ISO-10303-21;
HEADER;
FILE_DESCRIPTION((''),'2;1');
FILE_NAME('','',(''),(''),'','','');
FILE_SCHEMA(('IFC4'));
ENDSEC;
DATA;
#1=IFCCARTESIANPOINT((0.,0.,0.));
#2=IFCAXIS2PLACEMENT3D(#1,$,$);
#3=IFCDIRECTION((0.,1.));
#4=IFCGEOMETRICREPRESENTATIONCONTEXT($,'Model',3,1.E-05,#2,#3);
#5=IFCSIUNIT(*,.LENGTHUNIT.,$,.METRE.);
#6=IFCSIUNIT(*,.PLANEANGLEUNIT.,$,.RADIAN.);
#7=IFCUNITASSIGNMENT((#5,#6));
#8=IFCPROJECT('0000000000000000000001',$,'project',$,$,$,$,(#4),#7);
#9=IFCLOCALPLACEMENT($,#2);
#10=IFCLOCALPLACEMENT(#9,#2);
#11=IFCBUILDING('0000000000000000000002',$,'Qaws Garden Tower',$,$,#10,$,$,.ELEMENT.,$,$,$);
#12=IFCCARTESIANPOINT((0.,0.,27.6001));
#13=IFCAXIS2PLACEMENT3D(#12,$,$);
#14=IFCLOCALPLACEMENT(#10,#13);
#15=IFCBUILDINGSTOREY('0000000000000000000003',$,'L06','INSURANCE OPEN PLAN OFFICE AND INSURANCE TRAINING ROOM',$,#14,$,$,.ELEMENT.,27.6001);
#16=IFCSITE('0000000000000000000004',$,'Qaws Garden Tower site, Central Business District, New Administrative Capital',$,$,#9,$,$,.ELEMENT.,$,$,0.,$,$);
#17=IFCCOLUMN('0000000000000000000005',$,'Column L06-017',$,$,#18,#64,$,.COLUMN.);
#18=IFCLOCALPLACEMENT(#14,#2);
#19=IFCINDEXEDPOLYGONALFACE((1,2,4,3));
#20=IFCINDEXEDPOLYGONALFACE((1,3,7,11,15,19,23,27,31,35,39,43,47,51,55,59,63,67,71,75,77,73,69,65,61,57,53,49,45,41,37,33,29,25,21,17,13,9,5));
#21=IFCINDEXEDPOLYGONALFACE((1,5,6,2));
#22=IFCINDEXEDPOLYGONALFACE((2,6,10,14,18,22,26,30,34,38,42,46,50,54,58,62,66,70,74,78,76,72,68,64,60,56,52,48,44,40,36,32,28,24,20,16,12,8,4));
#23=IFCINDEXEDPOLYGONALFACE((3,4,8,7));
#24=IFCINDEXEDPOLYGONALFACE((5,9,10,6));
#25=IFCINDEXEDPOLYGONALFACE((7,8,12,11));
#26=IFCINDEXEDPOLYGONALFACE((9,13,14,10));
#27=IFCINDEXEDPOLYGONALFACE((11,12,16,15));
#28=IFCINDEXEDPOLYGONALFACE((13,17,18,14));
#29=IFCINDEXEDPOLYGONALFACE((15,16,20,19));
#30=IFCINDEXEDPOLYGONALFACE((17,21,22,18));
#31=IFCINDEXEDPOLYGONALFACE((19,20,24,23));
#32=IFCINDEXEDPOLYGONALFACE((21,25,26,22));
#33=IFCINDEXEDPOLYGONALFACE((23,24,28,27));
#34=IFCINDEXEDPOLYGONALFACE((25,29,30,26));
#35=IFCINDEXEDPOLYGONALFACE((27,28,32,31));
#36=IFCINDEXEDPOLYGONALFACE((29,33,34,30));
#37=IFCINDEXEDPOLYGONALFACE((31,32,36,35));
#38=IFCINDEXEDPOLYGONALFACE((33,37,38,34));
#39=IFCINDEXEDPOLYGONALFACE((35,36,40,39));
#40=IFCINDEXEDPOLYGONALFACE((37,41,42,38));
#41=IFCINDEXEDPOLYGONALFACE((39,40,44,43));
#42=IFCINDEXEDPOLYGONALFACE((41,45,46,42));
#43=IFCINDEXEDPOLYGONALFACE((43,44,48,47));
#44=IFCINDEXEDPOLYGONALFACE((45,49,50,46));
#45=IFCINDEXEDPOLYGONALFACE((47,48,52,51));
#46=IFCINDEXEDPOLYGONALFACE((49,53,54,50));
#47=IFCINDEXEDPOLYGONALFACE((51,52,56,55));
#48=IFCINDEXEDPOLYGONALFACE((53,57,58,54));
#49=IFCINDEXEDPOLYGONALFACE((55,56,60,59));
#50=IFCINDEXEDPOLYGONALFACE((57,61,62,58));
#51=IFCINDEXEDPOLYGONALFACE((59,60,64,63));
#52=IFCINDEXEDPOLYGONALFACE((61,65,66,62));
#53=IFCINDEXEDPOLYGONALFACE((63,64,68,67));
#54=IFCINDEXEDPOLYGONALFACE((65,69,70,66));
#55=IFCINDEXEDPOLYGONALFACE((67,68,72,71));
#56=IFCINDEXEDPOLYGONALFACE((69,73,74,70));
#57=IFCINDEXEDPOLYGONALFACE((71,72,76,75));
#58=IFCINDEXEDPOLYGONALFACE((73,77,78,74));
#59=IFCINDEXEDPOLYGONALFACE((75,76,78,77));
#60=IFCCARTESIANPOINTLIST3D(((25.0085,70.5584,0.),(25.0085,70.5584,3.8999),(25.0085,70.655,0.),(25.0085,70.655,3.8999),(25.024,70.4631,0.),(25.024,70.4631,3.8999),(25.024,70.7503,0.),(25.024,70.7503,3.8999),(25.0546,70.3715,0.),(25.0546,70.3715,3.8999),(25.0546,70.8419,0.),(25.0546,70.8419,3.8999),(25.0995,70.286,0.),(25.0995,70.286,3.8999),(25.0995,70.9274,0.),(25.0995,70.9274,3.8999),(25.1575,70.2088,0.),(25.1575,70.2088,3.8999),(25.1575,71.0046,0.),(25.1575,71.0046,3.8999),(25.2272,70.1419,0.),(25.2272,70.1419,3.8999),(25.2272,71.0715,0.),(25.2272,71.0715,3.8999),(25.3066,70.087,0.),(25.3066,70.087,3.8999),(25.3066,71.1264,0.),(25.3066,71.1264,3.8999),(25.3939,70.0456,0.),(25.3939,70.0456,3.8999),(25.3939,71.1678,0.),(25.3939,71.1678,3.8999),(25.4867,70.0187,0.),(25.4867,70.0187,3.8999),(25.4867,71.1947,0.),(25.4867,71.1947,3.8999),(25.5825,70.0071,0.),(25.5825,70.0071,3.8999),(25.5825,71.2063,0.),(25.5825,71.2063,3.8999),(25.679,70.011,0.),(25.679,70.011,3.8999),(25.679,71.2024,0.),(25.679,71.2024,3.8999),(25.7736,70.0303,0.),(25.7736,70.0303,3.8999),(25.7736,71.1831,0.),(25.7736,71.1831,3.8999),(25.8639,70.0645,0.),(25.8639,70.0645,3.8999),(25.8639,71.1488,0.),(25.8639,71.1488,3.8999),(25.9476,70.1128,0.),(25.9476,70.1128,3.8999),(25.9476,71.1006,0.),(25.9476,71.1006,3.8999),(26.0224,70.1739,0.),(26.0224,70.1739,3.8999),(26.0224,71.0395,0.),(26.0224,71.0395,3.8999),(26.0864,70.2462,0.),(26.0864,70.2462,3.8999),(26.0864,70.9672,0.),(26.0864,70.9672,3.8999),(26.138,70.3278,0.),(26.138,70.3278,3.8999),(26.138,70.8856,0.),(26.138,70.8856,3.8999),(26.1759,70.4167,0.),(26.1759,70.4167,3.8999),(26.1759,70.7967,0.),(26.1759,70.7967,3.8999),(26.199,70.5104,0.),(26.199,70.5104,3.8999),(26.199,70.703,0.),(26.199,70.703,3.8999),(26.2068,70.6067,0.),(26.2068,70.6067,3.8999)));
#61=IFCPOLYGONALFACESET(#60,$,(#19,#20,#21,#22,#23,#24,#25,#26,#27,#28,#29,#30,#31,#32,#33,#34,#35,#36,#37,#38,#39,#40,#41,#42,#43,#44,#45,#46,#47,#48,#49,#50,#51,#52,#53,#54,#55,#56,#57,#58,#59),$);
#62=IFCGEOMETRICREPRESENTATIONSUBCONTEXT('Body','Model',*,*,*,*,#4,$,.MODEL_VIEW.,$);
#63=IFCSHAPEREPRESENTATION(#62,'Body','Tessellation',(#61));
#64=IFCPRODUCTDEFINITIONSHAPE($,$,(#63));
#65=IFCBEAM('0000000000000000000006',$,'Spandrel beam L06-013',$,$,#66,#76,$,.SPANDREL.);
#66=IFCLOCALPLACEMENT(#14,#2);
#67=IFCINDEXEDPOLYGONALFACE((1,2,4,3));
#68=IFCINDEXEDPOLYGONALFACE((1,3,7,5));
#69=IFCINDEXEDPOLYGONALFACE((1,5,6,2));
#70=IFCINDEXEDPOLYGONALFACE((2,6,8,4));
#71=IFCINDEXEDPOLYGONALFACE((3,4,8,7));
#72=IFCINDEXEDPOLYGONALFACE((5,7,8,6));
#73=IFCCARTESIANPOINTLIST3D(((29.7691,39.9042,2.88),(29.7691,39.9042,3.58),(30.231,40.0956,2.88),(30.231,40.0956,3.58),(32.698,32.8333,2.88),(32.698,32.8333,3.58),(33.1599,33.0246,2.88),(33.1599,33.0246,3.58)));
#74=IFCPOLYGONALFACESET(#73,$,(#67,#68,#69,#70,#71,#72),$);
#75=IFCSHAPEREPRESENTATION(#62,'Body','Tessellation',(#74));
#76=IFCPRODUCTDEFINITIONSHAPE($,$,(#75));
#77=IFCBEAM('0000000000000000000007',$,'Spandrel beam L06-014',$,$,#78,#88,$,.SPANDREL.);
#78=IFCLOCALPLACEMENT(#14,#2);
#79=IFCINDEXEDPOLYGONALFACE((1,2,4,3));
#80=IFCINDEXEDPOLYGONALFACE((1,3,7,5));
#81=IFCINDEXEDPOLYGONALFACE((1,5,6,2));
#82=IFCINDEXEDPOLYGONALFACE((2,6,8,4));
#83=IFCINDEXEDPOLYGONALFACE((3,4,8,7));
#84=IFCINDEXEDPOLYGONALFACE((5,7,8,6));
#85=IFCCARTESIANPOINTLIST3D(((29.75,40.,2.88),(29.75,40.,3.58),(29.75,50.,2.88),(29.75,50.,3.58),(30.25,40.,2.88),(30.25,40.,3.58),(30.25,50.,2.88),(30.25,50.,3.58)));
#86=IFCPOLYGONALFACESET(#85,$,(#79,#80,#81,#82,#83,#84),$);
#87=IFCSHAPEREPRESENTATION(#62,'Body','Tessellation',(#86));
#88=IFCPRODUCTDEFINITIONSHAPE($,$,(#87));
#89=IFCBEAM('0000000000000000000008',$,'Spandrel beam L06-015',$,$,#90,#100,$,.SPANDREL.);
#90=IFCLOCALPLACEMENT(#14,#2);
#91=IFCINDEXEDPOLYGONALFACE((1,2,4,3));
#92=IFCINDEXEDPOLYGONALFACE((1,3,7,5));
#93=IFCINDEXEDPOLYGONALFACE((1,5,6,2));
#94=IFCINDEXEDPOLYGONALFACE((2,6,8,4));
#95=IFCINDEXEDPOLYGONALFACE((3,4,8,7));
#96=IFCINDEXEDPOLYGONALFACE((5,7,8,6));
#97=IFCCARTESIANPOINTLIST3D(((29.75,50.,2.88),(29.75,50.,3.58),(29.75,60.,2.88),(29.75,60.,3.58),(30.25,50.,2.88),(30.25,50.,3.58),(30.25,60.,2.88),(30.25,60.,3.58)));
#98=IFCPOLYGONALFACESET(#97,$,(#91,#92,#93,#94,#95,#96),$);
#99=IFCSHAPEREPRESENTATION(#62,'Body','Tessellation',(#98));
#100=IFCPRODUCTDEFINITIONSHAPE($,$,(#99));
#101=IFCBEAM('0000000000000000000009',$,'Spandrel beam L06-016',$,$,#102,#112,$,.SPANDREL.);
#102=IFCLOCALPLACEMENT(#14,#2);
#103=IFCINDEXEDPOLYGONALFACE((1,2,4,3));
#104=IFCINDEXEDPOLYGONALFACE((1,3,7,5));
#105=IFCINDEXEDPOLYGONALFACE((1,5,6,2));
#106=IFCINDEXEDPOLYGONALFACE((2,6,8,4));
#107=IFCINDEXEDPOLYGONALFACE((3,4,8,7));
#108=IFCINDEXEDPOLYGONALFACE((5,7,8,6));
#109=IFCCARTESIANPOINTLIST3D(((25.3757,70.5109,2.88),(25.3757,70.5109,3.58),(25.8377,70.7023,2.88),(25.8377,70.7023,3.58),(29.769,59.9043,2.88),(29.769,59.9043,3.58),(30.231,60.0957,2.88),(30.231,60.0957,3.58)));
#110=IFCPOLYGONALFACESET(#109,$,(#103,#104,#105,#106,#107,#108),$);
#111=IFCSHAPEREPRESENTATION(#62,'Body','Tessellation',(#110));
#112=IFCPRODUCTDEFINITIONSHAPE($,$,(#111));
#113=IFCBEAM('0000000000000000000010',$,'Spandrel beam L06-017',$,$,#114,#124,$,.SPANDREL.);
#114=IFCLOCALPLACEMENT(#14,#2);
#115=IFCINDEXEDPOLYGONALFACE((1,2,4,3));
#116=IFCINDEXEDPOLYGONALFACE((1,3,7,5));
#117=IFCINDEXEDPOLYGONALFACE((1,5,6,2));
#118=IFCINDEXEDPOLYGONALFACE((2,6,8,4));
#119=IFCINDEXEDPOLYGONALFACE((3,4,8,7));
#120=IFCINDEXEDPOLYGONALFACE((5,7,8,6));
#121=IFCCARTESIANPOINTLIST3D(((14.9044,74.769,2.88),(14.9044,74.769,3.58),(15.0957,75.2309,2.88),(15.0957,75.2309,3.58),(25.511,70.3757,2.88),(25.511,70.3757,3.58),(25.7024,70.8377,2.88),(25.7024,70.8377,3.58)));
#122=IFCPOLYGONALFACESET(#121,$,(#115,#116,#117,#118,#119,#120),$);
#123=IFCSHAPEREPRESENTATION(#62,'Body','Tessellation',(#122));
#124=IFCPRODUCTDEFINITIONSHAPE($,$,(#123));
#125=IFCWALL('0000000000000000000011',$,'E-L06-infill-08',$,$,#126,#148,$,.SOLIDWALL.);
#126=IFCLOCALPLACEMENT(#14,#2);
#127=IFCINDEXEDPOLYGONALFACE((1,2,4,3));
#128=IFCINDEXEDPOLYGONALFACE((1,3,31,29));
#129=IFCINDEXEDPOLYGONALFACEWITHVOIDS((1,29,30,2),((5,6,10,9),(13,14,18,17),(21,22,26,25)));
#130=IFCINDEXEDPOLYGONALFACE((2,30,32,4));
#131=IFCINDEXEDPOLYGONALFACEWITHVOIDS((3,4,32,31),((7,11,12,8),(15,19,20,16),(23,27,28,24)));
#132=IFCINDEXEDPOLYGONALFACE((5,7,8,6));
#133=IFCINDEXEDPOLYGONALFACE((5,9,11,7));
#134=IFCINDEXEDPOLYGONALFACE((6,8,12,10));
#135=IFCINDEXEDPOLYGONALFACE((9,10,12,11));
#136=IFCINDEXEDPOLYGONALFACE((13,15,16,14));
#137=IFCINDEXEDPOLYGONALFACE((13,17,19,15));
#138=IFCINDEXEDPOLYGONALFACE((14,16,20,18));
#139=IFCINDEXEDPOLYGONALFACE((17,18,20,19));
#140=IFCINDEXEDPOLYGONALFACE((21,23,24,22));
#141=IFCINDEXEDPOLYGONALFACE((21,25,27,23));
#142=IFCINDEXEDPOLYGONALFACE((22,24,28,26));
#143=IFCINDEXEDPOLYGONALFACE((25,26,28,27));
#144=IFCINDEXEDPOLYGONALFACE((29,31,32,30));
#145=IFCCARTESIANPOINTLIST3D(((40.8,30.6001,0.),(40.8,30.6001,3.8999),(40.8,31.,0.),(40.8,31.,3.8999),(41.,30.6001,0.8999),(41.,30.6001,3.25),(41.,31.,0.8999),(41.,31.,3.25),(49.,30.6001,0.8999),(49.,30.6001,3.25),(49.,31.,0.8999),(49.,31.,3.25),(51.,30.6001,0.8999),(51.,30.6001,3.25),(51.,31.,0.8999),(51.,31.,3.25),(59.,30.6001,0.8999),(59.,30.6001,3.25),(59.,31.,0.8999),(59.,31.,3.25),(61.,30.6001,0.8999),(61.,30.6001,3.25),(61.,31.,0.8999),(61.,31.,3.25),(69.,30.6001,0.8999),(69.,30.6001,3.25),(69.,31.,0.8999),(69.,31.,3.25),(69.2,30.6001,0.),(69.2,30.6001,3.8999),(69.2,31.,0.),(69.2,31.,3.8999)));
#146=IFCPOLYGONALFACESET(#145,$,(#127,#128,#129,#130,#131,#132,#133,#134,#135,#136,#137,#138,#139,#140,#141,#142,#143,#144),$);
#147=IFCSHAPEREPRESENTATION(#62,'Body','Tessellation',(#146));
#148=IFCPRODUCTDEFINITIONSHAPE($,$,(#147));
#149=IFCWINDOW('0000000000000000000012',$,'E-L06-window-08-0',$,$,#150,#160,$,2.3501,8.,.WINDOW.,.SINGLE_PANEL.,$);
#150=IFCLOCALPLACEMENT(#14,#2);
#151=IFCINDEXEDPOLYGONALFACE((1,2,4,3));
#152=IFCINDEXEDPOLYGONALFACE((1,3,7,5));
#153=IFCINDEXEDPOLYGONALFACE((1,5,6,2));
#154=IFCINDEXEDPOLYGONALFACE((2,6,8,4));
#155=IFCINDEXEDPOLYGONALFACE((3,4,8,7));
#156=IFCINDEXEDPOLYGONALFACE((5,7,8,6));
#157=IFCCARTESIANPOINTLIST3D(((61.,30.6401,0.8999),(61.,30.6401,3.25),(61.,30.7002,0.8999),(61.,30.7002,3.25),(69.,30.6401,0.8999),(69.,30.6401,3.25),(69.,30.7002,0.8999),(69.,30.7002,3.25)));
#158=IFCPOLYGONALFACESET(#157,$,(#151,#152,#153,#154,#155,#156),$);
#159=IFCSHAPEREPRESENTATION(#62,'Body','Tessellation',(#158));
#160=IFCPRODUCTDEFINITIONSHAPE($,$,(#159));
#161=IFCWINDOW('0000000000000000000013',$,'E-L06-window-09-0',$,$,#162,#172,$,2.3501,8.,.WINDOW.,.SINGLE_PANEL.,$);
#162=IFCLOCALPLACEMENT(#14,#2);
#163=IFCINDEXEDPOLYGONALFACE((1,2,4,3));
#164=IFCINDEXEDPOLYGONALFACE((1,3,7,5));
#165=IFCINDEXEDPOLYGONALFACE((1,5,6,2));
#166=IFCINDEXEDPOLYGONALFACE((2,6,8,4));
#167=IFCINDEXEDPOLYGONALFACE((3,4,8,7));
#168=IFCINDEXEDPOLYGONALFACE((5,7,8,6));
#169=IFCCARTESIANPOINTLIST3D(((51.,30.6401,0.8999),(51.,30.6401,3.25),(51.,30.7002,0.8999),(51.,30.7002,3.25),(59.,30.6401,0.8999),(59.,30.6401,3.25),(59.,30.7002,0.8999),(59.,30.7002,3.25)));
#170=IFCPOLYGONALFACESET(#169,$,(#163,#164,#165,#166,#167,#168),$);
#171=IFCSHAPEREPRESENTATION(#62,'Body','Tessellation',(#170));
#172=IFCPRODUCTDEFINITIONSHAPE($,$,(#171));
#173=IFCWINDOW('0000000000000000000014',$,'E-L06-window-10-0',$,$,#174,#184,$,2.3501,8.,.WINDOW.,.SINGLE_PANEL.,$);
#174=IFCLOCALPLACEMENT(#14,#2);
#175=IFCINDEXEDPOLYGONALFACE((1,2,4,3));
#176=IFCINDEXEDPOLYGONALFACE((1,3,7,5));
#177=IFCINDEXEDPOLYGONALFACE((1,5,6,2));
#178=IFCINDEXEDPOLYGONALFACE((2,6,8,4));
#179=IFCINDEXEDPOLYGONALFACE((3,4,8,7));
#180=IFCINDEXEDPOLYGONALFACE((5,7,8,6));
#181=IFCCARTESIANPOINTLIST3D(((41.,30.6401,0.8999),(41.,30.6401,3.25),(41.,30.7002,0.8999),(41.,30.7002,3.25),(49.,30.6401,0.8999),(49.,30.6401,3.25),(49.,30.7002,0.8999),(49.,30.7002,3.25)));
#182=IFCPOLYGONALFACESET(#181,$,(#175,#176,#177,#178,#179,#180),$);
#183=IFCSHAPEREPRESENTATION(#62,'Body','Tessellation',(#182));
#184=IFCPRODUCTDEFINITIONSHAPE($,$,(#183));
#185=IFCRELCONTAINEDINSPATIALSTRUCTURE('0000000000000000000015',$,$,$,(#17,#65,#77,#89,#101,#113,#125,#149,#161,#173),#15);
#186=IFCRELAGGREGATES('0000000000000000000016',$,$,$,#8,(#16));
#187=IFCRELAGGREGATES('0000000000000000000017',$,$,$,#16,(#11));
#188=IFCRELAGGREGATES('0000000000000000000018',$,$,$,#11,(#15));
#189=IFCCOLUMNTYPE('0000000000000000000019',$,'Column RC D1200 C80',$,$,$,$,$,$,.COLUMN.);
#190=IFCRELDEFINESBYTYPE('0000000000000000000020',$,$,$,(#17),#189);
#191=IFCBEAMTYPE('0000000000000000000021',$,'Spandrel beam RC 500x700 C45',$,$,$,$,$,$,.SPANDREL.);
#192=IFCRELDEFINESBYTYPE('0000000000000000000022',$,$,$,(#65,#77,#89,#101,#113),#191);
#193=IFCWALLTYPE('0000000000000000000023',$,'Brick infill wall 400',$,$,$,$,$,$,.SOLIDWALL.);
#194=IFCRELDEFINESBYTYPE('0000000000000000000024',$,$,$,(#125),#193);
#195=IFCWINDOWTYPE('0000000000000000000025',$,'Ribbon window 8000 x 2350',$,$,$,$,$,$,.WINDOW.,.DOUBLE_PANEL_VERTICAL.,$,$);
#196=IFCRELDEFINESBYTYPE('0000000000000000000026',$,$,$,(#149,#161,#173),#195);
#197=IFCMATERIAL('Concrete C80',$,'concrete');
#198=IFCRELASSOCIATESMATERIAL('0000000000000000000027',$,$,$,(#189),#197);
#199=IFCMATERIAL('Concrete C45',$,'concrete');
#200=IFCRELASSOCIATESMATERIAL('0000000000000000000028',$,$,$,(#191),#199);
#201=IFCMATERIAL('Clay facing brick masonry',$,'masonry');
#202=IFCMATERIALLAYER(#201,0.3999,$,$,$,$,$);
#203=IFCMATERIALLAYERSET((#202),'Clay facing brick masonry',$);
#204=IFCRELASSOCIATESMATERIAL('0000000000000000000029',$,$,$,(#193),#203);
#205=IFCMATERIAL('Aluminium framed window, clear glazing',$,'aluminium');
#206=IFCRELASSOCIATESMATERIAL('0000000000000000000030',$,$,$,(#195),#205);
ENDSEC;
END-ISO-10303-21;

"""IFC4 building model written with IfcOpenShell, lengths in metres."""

from ifc_helpers import new_model, si_unit, direction, frame, frame_2d, origin, origin_2d, place, context, subcontext, project, spatial, rectangle, circle, extrude, material, layer, layer_set, material_profile, profile_set, type_object, element, fill, save


model = new_model("IFC4")

# Units and contexts
model_context = context("Model", 3, precision=1e-05, world=origin(), true_north=direction((0.0, 1.0)))
body_context = subcontext(model_context, "Body", "Model", "MODEL_VIEW")
ifc_project = project(units=[si_unit("LENGTHUNIT", "METRE"), si_unit("PLANEANGLEUNIT", "RADIAN")], contexts=[model_context])

# Site, building, storey
site_placement = place(None, origin())
site = spatial("IfcSite", under=ifc_project, at=site_placement, Name="Qaws Garden Tower site, Central Business District, New Administrative Capital", CompositionType="ELEMENT", RefElevation=0.0)
building_placement = place(site_placement, origin())
building = spatial("IfcBuilding", under=site, at=building_placement, Name="Qaws Garden Tower", CompositionType="ELEMENT")
storey_placement = place(building_placement, frame((0.0, 0.0, 27.6001)))
storey = spatial("IfcBuildingStorey", under=building, at=storey_placement, Name="L06", Description="INSURANCE OPEN PLAN OFFICE AND INSURANCE TRAINING ROOM", CompositionType="ELEMENT", Elevation=27.6001)

# Column
ifc_material_1 = material(Name="Concrete C80", Category="concrete")
ifc_material_profile_1 = material_profile(ifc_material_1, circle(Radius=0.6001, at=origin_2d()), Name="RC D1200")
ifc_profile_set_1 = profile_set([ifc_material_profile_1], Name="Concrete C80")
column_type_1 = type_object("IfcColumnType", Name="Column RC D1200 C80", PredefinedType="COLUMN", material=ifc_profile_set_1)
for number, where, z_axis, x_axis, name in (
    (1, (25.6067, 70.6067, 0.0), (0.0, 0.0, 1.0), (1.0, 0.0, 0.0), "Column L06-017"),
):
    element("IfcColumn", number, at=place(storey_placement, frame(where, z_axis=z_axis, x_axis=x_axis)), inside=storey, type_object=column_type_1, Name=name, PredefinedType="COLUMN", context=body_context, shape_type="SweptSolid", body=[
        extrude(circle(Radius=0.6001, at=origin_2d()), origin(), (0.0, 0.0, 1.0), 3.8999),
    ])

# Beams
ifc_material_2 = material(Name="Concrete C45", Category="concrete")
ifc_material_profile_2 = material_profile(ifc_material_2, rectangle(XDim=0.5, YDim=0.7, at=origin_2d()), Name="RC 500x700")
ifc_profile_set_2 = profile_set([ifc_material_profile_2], Name="Concrete C45")
beam_type = type_object("IfcBeamType", Name="Spandrel beam RC 500x700 C45", PredefinedType="SPANDREL", material=ifc_profile_set_2)
beam_placement = place(storey_placement, frame((32.929, 32.929, 3.23), z_axis=(-0.382687, 0.923878, 0.0), x_axis=(-0.923878, -0.382687, 0.0)))
element("IfcBeam", 2, at=beam_placement, inside=storey, type_object=beam_type, Name="Spandrel beam L06-013", PredefinedType="SPANDREL", context=body_context, shape_type="SweptSolid", body=[
    extrude(rectangle(XDim=0.5, YDim=0.7, at=origin_2d()), origin(), (0.0, 0.0, 1.0), 7.6536),
])
for number, where, z_axis, x_axis, name in (
    (3, (30.0, 40.0, 3.23), (0.0, 1.0, 0.0), (-1.0, 0.0, 0.0), "Spandrel beam L06-014"),
    (4, (30.0, 50.0, 3.23), (0.0, 1.0, 0.0), (-1.0, 0.0, 0.0), "Spandrel beam L06-015"),
):
    element("IfcBeam", number, at=place(storey_placement, frame(where, z_axis=z_axis, x_axis=x_axis)), inside=storey, type_object=beam_type, Name=name, PredefinedType="SPANDREL", context=body_context, shape_type="SweptSolid", body=[
        extrude(rectangle(XDim=0.5, YDim=0.7, at=origin_2d()), origin(), (0.0, 0.0, 1.0), 10.0),
    ])
for number, where, z_axis, x_axis, name in (
    (5, (30.0, 60.0, 3.23), (-0.382674, 0.923883, 0.0), (-0.923883, -0.382674, 0.0), "Spandrel beam L06-016"),
    (6, (25.6067, 70.6067, 3.23), (-0.923883, 0.382674, 0.0), (-0.382674, -0.923883, 0.0), "Spandrel beam L06-017"),
):
    element("IfcBeam", number, at=place(storey_placement, frame(where, z_axis=z_axis, x_axis=x_axis)), inside=storey, type_object=beam_type, Name=name, PredefinedType="SPANDREL", context=body_context, shape_type="SweptSolid", body=[
        extrude(rectangle(XDim=0.5, YDim=0.7, at=origin_2d()), origin(), (0.0, 0.0, 1.0), 11.4805),
    ])

# Wall, openings, windows
ifc_material_3 = material(Name="Clay facing brick masonry", Category="masonry")
ifc_layer_1 = layer(ifc_material_3, 0.3999)
ifc_layer_set_1 = layer_set([ifc_layer_1], Name="Clay facing brick masonry")
wall_type_1 = type_object("IfcWallType", Name="Brick infill wall 400", PredefinedType="SOLIDWALL", material=ifc_layer_set_1)
wall_1_placement = place(storey_placement, frame((69.2, 30.8, 0.0), z_axis=(0.0, 0.0, 1.0), x_axis=(-1.0, 0.0, 0.0)))
wall_1 = element("IfcWall", 7, at=wall_1_placement, inside=storey, type_object=wall_type_1, Name="E-L06-infill-08", PredefinedType="SOLIDWALL", context=body_context, shape_type="SweptSolid", body=[
    extrude(rectangle(XDim=28.3999, YDim=0.3999, at=frame_2d((14.2, 0.0))), origin(), (0.0, 0.0, 1.0), 3.8999),
])
opening_1_placement = place(wall_1_placement, frame((0.2, 0.0, 0.8999)))
opening_1 = element("IfcOpeningElement", 8, at=opening_1_placement, cuts=wall_1, PredefinedType="OPENING", context=body_context, shape_type="SweptSolid", body=[
    extrude(rectangle(XDim=8.0, YDim=2.3501, at=frame_2d((4.0, 1.175))), frame((0.0, 0.21, 0.0), z_axis=(0.0, -1.0, 0.0), x_axis=(1.0, 0.0, 0.0)), (0.0, 0.0, 1.0), 0.4199),
])
opening_2_placement = place(wall_1_placement, frame((10.2, 0.0, 0.8999)))
opening_2 = element("IfcOpeningElement", 9, at=opening_2_placement, cuts=wall_1, PredefinedType="OPENING", context=body_context, shape_type="SweptSolid", body=[
    extrude(rectangle(XDim=8.0, YDim=2.3501, at=frame_2d((4.0, 1.175))), frame((0.0, 0.21, 0.0), z_axis=(0.0, -1.0, 0.0), x_axis=(1.0, 0.0, 0.0)), (0.0, 0.0, 1.0), 0.4199),
])
opening_3_placement = place(wall_1_placement, frame((20.2, 0.0, 0.8999)))
opening_3 = element("IfcOpeningElement", 10, at=opening_3_placement, cuts=wall_1, PredefinedType="OPENING", context=body_context, shape_type="SweptSolid", body=[
    extrude(rectangle(XDim=8.0, YDim=2.3501, at=frame_2d((4.0, 1.175))), frame((0.0, 0.21, 0.0), z_axis=(0.0, -1.0, 0.0), x_axis=(1.0, 0.0, 0.0)), (0.0, 0.0, 1.0), 0.4199),
])
ifc_material_4 = material(Name="Aluminium framed window, clear glazing", Category="aluminium")
window_type_1 = type_object("IfcWindowType", Name="Ribbon window 8000 x 2350", PartitioningType="DOUBLE_PANEL_VERTICAL", PredefinedType="WINDOW", material=ifc_material_4)
window_1_placement = place(opening_1_placement, origin())
window_1 = element("IfcWindow", 11, at=window_1_placement, inside=storey, type_object=window_type_1, Name="E-L06-window-08-0", OverallHeight=2.3501, OverallWidth=8.0, PartitioningType="SINGLE_PANEL", PredefinedType="WINDOW", context=body_context, shape_type="SweptSolid", body=[
    extrude(rectangle(XDim=8.0, YDim=2.3501, at=frame_2d((4.0, 1.175))), frame((0.0, 0.1599, 0.0), z_axis=(0.0, -1.0, 0.0), x_axis=(1.0, 0.0, 0.0)), (0.0, 0.0, 1.0), 0.0601),
])
fill(opening_1, window_1)
window_2_placement = place(opening_2_placement, origin())
window_2 = element("IfcWindow", 12, at=window_2_placement, inside=storey, type_object=window_type_1, Name="E-L06-window-09-0", OverallHeight=2.3501, OverallWidth=8.0, PartitioningType="SINGLE_PANEL", PredefinedType="WINDOW", context=body_context, shape_type="SweptSolid", body=[
    extrude(rectangle(XDim=8.0, YDim=2.3501, at=frame_2d((4.0, 1.175))), frame((0.0, 0.1599, 0.0), z_axis=(0.0, -1.0, 0.0), x_axis=(1.0, 0.0, 0.0)), (0.0, 0.0, 1.0), 0.0601),
])
fill(opening_2, window_2)
window_3_placement = place(opening_3_placement, origin())
window_3 = element("IfcWindow", 13, at=window_3_placement, inside=storey, type_object=window_type_1, Name="E-L06-window-10-0", OverallHeight=2.3501, OverallWidth=8.0, PartitioningType="SINGLE_PANEL", PredefinedType="WINDOW", context=body_context, shape_type="SweptSolid", body=[
    extrude(rectangle(XDim=8.0, YDim=2.3501, at=frame_2d((4.0, 1.175))), frame((0.0, 0.1599, 0.0), z_axis=(0.0, -1.0, 0.0), x_axis=(1.0, 0.0, 0.0)), (0.0, 0.0, 1.0), 0.0601),
])
fill(opening_3, window_3)

save(model, "model.ifc")
